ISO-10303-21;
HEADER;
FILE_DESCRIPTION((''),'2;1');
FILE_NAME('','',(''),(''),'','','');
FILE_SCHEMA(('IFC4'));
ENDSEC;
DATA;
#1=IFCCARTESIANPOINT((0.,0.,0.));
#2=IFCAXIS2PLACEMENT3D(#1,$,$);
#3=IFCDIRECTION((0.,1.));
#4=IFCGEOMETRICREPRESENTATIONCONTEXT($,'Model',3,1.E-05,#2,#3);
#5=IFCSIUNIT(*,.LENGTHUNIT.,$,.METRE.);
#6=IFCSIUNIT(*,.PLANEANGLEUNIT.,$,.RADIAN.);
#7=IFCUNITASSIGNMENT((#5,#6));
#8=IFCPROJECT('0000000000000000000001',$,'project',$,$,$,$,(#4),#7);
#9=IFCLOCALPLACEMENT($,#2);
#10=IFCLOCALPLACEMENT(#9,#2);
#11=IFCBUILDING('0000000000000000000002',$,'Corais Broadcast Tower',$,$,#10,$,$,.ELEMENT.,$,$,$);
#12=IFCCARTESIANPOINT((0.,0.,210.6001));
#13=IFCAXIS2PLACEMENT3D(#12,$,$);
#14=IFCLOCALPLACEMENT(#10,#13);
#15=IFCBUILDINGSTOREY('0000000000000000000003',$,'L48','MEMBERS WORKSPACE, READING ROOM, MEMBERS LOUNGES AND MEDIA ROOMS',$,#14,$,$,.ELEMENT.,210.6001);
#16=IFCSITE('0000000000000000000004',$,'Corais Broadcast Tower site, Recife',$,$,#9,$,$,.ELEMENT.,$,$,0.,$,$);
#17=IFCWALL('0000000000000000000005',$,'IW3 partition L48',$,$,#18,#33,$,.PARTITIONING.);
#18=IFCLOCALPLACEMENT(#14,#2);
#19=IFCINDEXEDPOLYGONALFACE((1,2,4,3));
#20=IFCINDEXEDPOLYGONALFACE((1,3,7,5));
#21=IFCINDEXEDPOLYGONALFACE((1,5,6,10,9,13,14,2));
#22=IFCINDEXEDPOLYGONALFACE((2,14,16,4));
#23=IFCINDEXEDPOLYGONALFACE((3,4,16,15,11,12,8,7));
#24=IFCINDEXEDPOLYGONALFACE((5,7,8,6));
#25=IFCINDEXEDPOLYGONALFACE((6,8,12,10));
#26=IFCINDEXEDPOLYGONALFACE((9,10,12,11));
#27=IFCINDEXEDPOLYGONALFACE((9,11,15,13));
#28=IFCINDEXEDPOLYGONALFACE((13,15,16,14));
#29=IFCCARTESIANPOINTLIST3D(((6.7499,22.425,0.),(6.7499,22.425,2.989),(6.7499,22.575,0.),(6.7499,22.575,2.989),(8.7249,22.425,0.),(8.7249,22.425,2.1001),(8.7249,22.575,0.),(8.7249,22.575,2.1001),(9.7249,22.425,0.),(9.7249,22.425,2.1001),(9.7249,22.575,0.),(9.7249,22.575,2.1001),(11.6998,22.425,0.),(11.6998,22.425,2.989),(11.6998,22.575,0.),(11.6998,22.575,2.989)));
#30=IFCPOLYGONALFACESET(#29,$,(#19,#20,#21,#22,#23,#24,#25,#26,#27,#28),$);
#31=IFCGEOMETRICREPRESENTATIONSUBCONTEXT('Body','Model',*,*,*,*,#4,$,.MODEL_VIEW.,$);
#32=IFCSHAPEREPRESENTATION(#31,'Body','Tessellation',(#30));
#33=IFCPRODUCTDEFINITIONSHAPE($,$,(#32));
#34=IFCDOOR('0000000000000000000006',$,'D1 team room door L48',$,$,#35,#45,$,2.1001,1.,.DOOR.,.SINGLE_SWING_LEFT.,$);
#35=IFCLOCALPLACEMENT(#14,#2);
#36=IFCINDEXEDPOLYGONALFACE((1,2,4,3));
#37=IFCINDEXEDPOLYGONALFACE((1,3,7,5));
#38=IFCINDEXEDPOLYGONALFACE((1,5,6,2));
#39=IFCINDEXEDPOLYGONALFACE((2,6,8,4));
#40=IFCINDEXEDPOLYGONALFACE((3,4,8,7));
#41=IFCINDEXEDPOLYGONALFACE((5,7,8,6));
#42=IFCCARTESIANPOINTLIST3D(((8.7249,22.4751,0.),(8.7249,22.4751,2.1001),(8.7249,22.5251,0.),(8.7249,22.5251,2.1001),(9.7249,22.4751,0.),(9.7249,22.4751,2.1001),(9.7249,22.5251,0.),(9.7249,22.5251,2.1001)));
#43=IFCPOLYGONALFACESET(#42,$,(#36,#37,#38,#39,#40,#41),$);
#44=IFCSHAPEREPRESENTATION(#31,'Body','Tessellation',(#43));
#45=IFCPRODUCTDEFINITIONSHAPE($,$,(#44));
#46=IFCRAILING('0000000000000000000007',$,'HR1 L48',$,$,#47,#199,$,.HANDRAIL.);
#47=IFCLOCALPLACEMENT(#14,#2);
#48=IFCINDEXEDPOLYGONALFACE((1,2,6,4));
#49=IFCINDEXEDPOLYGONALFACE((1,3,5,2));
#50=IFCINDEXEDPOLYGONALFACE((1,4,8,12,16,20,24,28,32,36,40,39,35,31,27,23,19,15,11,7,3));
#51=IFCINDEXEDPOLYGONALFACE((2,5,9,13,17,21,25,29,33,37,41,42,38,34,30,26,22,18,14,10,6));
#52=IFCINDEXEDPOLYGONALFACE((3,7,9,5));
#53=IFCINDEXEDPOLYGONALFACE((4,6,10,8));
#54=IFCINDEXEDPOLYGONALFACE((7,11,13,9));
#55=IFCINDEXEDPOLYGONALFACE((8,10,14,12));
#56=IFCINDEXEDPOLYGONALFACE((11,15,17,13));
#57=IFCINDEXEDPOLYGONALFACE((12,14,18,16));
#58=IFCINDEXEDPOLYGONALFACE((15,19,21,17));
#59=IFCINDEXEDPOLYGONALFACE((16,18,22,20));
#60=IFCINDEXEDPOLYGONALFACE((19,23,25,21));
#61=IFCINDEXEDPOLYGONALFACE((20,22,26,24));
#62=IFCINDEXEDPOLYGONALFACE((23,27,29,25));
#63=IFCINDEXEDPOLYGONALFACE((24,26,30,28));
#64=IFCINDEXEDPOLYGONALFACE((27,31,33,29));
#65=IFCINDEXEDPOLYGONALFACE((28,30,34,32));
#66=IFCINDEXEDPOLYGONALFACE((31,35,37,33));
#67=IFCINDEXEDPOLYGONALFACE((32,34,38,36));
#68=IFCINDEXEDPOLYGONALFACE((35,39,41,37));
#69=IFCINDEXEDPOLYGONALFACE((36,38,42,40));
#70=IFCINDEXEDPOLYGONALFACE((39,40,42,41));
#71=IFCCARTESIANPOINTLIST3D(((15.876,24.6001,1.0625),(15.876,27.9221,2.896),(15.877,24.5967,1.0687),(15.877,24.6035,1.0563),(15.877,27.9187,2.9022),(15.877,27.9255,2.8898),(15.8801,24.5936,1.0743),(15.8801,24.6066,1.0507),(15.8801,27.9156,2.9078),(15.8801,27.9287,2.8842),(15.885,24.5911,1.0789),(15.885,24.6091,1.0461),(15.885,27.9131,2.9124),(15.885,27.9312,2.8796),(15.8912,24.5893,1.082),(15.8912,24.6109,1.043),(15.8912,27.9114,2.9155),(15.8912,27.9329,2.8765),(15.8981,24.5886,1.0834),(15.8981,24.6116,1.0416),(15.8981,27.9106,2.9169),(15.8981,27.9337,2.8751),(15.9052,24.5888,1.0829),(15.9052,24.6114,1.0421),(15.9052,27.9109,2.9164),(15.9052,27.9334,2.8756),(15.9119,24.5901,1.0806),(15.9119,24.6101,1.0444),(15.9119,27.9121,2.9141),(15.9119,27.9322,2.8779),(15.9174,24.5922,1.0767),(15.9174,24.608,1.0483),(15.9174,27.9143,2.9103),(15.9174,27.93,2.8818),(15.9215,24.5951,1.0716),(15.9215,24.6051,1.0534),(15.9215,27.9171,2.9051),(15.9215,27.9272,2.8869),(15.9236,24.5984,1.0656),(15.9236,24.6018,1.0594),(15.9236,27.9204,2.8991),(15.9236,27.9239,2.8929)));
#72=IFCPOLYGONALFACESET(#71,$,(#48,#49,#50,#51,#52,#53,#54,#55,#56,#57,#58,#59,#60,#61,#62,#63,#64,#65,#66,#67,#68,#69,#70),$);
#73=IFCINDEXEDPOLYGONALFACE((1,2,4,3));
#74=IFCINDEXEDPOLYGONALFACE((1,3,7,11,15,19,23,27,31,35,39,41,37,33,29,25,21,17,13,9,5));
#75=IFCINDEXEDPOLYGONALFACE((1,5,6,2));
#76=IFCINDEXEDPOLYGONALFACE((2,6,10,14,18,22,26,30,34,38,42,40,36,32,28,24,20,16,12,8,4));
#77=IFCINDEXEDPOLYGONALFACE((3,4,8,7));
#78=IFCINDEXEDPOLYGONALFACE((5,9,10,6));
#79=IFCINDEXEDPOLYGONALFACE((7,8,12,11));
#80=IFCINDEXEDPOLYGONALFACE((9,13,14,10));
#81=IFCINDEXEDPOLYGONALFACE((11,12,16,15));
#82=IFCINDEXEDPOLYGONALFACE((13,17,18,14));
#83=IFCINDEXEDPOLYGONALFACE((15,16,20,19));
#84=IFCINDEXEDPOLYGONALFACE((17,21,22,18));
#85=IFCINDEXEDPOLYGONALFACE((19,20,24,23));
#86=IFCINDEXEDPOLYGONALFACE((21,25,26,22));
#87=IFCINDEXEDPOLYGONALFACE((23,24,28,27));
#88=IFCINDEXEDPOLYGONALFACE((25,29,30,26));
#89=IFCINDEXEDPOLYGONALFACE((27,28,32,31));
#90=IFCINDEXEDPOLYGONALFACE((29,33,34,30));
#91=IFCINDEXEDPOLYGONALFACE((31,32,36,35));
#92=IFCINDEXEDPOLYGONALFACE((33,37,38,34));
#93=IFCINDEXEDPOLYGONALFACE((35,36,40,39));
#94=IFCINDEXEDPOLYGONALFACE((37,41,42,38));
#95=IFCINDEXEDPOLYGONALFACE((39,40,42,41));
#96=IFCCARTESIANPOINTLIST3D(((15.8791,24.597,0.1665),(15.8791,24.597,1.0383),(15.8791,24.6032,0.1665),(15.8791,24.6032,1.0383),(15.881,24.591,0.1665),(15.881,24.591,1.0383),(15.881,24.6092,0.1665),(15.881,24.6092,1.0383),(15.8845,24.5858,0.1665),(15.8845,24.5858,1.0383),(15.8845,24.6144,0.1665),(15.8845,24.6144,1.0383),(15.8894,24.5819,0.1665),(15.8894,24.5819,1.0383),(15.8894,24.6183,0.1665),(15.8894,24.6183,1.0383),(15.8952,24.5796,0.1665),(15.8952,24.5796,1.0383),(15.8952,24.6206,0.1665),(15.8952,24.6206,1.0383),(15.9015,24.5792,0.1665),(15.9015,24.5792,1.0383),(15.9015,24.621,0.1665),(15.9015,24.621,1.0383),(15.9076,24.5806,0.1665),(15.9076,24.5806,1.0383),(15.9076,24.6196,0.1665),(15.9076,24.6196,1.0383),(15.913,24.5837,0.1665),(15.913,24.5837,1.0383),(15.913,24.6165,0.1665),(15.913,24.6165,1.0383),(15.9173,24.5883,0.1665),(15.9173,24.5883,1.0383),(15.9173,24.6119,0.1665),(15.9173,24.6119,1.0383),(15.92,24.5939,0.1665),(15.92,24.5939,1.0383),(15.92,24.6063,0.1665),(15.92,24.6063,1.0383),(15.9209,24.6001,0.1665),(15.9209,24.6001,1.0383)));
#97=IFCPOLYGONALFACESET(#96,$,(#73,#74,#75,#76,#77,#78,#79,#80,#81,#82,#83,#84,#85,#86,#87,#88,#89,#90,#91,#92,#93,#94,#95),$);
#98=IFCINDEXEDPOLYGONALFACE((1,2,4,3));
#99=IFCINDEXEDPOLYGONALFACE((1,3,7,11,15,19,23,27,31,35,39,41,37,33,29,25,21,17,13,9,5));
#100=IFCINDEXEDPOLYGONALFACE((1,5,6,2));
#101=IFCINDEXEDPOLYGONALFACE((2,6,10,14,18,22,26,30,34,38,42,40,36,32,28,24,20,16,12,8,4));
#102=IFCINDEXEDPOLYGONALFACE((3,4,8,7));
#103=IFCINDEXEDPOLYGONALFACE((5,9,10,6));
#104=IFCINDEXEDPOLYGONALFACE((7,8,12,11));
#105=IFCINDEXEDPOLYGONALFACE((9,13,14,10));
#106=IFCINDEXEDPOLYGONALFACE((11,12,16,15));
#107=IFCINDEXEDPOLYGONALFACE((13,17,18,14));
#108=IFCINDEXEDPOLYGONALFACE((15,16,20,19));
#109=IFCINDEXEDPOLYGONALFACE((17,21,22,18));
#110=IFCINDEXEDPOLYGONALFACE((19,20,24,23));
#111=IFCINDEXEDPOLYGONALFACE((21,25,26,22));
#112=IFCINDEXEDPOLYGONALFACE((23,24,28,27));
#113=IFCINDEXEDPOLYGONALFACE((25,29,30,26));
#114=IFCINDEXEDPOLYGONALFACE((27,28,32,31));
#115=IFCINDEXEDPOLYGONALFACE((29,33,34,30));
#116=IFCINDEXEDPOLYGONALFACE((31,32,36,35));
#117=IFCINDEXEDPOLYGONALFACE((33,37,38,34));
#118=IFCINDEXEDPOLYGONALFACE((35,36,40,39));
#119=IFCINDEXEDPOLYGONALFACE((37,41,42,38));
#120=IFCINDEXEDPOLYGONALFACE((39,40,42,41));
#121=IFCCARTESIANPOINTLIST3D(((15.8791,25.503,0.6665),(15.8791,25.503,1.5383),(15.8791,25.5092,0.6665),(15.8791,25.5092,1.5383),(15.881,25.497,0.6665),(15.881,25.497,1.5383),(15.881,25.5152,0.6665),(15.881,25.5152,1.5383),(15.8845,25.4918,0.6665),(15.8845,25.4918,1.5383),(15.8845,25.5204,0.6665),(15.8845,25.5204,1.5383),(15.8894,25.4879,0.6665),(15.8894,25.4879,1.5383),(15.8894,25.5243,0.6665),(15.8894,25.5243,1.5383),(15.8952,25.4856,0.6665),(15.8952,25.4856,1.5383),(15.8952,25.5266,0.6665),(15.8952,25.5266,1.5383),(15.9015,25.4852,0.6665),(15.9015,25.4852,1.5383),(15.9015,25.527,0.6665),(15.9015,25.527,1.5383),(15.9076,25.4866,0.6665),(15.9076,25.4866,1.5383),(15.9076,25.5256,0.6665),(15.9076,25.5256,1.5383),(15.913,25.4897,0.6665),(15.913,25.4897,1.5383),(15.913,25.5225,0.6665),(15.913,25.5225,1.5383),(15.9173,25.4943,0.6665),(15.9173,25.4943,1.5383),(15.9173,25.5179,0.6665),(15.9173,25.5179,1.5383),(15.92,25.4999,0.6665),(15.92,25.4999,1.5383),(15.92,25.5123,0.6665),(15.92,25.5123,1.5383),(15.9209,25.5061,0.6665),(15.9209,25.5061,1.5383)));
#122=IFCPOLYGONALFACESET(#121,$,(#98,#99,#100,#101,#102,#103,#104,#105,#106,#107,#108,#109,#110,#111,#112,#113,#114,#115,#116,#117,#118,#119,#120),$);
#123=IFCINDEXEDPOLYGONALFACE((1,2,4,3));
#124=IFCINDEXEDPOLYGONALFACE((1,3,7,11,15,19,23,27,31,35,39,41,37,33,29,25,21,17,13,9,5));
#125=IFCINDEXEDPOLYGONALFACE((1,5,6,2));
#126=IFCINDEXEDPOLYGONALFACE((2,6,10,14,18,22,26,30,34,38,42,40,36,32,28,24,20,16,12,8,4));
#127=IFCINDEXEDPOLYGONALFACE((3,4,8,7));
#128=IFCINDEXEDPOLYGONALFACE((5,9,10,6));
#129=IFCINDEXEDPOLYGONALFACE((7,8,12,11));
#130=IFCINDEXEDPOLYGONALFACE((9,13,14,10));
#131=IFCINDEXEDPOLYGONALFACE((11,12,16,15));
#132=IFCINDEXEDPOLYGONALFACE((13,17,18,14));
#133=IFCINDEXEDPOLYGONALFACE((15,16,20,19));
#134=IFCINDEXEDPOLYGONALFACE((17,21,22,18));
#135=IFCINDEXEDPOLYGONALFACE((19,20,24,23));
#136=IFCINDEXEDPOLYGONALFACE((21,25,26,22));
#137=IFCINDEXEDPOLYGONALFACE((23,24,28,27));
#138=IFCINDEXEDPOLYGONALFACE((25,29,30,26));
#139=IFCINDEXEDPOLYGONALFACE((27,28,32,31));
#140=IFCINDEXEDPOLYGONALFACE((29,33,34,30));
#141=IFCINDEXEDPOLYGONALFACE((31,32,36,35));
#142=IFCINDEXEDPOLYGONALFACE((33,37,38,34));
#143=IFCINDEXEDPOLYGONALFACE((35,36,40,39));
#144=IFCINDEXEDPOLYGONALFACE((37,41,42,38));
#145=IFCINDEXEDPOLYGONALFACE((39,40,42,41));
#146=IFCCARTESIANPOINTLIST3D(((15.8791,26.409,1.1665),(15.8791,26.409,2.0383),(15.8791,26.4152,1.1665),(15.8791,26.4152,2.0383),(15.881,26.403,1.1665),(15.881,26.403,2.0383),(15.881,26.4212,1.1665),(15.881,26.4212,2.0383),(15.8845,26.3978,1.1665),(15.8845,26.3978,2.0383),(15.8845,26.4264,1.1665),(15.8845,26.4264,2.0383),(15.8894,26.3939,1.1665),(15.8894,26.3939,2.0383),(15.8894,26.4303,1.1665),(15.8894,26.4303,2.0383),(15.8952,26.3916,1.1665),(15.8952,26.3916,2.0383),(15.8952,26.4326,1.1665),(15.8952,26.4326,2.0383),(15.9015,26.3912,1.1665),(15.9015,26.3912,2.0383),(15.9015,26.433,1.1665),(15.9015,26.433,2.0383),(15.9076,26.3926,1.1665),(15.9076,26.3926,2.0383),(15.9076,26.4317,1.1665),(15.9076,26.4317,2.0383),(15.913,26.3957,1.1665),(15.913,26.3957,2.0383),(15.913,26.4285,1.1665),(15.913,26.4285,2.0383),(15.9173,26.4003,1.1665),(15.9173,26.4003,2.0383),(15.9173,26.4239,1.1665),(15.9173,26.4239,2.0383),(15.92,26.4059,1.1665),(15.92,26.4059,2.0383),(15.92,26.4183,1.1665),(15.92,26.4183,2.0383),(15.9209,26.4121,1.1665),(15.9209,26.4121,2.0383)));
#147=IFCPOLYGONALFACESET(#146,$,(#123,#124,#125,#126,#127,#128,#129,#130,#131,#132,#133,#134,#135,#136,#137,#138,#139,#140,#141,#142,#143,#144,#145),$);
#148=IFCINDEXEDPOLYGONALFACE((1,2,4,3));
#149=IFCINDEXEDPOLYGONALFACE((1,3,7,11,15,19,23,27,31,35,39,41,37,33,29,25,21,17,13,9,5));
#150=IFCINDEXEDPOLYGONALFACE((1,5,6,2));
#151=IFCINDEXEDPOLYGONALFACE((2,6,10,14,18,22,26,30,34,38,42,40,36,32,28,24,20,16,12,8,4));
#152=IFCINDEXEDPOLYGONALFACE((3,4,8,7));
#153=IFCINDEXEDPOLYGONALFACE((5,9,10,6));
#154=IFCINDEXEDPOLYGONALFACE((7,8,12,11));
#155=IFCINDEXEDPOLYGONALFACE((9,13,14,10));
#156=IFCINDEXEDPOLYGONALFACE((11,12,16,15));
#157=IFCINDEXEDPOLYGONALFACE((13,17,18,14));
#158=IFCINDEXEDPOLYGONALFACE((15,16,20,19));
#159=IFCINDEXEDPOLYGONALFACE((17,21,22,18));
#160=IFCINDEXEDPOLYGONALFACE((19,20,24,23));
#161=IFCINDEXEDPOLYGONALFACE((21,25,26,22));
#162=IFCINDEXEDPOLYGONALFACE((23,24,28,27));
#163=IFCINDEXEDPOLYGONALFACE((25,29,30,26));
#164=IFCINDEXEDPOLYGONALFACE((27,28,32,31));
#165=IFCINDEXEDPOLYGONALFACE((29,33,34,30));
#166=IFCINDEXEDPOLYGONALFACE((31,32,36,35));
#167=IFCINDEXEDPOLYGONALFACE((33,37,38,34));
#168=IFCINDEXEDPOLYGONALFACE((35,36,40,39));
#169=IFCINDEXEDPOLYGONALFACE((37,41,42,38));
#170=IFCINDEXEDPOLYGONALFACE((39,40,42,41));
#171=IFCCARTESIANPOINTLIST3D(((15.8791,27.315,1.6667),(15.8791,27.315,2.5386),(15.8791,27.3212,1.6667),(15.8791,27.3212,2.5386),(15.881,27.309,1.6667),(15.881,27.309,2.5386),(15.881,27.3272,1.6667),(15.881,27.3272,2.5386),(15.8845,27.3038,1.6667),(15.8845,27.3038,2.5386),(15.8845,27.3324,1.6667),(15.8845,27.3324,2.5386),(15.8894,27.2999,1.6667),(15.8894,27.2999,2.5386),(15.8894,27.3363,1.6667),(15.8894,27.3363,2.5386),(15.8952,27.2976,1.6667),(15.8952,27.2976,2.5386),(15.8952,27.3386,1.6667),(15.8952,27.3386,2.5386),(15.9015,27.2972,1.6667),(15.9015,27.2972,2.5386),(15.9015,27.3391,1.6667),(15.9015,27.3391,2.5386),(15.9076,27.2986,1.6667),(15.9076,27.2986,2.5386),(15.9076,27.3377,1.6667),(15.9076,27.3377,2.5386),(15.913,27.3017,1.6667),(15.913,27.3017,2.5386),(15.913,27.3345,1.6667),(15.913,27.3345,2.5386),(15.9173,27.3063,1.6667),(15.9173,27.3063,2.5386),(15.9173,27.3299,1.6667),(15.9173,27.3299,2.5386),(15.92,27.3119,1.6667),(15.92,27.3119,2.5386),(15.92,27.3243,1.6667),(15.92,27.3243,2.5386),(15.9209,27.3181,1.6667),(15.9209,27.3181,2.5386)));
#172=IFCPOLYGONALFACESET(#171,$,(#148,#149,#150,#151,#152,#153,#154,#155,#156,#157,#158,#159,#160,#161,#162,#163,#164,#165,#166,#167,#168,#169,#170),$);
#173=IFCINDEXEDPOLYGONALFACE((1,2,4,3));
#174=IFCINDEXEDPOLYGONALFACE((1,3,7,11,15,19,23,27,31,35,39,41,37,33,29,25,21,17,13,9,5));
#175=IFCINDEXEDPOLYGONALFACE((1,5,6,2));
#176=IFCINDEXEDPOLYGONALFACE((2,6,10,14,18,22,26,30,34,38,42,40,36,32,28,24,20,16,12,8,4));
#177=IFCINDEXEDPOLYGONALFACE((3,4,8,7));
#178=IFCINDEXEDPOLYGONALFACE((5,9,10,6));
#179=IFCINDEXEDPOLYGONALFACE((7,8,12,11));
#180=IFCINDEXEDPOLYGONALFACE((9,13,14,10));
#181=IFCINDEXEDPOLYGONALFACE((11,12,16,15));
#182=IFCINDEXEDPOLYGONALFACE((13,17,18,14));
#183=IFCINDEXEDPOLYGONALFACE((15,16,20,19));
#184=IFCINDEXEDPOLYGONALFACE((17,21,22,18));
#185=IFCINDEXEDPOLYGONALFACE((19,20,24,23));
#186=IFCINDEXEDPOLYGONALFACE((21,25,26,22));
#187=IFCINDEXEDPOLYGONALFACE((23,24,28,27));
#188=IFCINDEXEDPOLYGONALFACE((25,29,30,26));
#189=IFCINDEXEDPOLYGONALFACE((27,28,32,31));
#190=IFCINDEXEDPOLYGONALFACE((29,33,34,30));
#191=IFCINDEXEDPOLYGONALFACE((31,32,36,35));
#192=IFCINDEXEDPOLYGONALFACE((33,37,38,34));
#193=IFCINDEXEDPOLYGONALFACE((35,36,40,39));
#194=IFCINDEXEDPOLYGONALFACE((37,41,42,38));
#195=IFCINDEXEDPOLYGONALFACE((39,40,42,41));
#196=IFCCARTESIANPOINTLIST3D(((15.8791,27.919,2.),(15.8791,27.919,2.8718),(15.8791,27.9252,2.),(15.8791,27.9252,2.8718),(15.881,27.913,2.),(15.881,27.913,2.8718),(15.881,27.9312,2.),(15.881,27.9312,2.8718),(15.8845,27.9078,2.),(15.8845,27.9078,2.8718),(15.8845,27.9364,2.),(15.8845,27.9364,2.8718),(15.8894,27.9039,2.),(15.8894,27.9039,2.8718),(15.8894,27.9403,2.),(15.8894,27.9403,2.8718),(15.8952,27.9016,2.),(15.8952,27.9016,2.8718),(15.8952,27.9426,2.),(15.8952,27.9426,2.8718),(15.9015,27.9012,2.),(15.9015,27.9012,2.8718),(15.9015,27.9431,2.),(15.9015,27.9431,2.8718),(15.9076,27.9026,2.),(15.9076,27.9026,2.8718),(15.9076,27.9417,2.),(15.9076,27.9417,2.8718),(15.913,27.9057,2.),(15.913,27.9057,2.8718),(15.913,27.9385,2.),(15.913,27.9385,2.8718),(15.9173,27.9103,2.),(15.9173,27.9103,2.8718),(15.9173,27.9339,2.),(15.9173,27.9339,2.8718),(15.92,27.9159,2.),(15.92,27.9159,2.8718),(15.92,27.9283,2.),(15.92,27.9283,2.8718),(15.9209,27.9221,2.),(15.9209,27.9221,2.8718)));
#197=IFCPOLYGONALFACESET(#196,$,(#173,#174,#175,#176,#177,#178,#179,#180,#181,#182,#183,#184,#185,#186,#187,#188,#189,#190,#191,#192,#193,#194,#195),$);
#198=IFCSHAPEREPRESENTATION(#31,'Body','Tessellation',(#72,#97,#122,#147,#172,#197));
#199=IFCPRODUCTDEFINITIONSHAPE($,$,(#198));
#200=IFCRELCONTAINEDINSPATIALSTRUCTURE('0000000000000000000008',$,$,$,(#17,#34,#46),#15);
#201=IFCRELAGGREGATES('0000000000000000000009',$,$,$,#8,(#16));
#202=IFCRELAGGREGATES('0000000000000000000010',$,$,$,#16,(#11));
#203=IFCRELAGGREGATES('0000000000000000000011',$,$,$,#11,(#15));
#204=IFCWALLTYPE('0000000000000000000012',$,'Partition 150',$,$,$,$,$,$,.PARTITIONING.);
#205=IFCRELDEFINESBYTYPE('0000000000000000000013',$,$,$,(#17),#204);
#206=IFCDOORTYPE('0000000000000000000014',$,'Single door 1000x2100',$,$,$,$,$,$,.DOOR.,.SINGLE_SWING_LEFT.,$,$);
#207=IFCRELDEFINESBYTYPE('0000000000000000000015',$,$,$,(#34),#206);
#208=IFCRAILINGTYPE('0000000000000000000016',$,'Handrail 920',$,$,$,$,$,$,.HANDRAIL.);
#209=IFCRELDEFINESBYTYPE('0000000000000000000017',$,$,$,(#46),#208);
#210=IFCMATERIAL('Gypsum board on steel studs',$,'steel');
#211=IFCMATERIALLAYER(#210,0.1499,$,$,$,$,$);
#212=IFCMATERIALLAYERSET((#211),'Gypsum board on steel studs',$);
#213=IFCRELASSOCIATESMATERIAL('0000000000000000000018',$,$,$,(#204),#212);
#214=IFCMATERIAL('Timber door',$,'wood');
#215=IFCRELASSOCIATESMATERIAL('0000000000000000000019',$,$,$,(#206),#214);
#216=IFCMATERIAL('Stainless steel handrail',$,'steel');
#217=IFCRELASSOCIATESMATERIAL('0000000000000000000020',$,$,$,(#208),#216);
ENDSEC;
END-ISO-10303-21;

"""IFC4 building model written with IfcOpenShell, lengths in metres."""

from ifc_helpers import new_model, si_unit, direction, frame, frame_2d, origin, origin_2d, place, context, subcontext, project, spatial, rectangle, circle, extrude, material, layer, layer_set, type_object, element, fill, save


model = new_model("IFC4")

# Units and contexts
model_context = context("Model", 3, precision=1e-05, world=origin(), true_north=direction((0.0, 1.0)))
body_context = subcontext(model_context, "Body", "Model", "MODEL_VIEW")
ifc_project = project(units=[si_unit("LENGTHUNIT", "METRE"), si_unit("PLANEANGLEUNIT", "RADIAN")], contexts=[model_context])

# Site, building, storey
site_placement = place(None, origin())
site = spatial("IfcSite", under=ifc_project, at=site_placement, Name="Corais Broadcast Tower site, Recife", CompositionType="ELEMENT", RefElevation=0.0)
building_placement = place(site_placement, origin())
building = spatial("IfcBuilding", under=site, at=building_placement, Name="Corais Broadcast Tower", CompositionType="ELEMENT")
storey_placement = place(building_placement, frame((0.0, 0.0, 210.6001)))
storey = spatial("IfcBuildingStorey", under=building, at=storey_placement, Name="L48", Description="MEMBERS WORKSPACE, READING ROOM, MEMBERS LOUNGES AND MEDIA ROOMS", CompositionType="ELEMENT", Elevation=210.6001)

# Wall, opening, door
ifc_material_1 = material(Name="Gypsum board on steel studs", Category="steel")
ifc_layer_1 = layer(ifc_material_1, 0.1499)
ifc_layer_set_1 = layer_set([ifc_layer_1], Name="Gypsum board on steel studs")
wall_type_1 = type_object("IfcWallType", Name="Partition 150", PredefinedType="PARTITIONING", material=ifc_layer_set_1)
wall_1_placement = place(storey_placement, frame((11.7, 22.5, 0.0), z_axis=(0.0, 0.0, 1.0), x_axis=(-1.0, 0.0, 0.0)))
wall_1 = element("IfcWall", 1, at=wall_1_placement, inside=storey, type_object=wall_type_1, Name="IW3 partition L48", PredefinedType="PARTITIONING", context=body_context, shape_type="SweptSolid", body=[
    extrude(rectangle(XDim=4.95, YDim=0.1499, at=frame_2d((2.4751, 0.0))), origin(), (0.0, 0.0, 1.0), 2.989),
])
opening_1_placement = place(wall_1_placement, frame((1.9751, 0.0, 0.0)))
opening_1 = element("IfcOpeningElement", 2, at=opening_1_placement, cuts=wall_1, PredefinedType="OPENING", context=body_context, shape_type="SweptSolid", body=[
    extrude(rectangle(XDim=1.0, YDim=2.1001, at=frame_2d((0.5, 1.05))), frame((0.0, 0.085, 0.0), z_axis=(0.0, -1.0, 0.0), x_axis=(1.0, 0.0, 0.0)), (0.0, 0.0, 1.0), 0.1699),
])
ifc_material_2 = material(Name="Timber door", Category="wood")
door_type_1 = type_object("IfcDoorType", Name="Single door 1000x2100", OperationType="SINGLE_SWING_LEFT", PredefinedType="DOOR", material=ifc_material_2)
door_1_placement = place(opening_1_placement, origin())
door_1 = element("IfcDoor", 3, at=door_1_placement, inside=storey, type_object=door_type_1, Name="D1 team room door L48", OperationType="SINGLE_SWING_LEFT", OverallHeight=2.1001, OverallWidth=1.0, PredefinedType="DOOR", context=body_context, shape_type="SweptSolid", body=[
    extrude(rectangle(XDim=1.0, YDim=2.1001, at=frame_2d((0.5, 1.05))), frame((0.0, 0.0249, 0.0), z_axis=(0.0, -1.0, 0.0), x_axis=(1.0, 0.0, 0.0)), (0.0, 0.0, 1.0), 0.05),
])
fill(opening_1, door_1)

# Railing
ifc_material_3 = material(Name="Stainless steel handrail", Category="steel")
railing_type = type_object("IfcRailingType", Name="Handrail 920", PredefinedType="HANDRAIL", material=ifc_material_3)
railing_placement = place(storey_placement, frame((15.8999, 24.6001, 0.1665)))
element("IfcRailing", 4, at=railing_placement, inside=storey, type_object=railing_type, Name="HR1 L48", PredefinedType="HANDRAIL", context=body_context, shape_type="SweptSolid", body=[
    extrude(circle(Radius=0.0239, at=origin_2d()), frame((0.0, 0.0, 0.896), z_axis=(0.0, 0.875504, 0.48321), x_axis=(-1.0, 0.0, 0.0)), (0.0, 0.0, 1.0), 3.7944),
    extrude(circle(Radius=0.021, at=origin_2d()), origin(), (0.0, 0.0, 1.0), 0.8718),
    extrude(circle(Radius=0.021, at=origin_2d()), frame((0.0, 0.906, 0.5)), (0.0, 0.0, 1.0), 0.8718),
    extrude(circle(Radius=0.021, at=origin_2d()), frame((0.0, 1.812, 1.0)), (0.0, 0.0, 1.0), 0.8718),
    extrude(circle(Radius=0.021, at=origin_2d()), frame((0.0, 2.718, 1.5002)), (0.0, 0.0, 1.0), 0.8718),
    extrude(circle(Radius=0.021, at=origin_2d()), frame((0.0, 3.322, 1.8335)), (0.0, 0.0, 1.0), 0.8718),
])

save(model, "model.ifc")
